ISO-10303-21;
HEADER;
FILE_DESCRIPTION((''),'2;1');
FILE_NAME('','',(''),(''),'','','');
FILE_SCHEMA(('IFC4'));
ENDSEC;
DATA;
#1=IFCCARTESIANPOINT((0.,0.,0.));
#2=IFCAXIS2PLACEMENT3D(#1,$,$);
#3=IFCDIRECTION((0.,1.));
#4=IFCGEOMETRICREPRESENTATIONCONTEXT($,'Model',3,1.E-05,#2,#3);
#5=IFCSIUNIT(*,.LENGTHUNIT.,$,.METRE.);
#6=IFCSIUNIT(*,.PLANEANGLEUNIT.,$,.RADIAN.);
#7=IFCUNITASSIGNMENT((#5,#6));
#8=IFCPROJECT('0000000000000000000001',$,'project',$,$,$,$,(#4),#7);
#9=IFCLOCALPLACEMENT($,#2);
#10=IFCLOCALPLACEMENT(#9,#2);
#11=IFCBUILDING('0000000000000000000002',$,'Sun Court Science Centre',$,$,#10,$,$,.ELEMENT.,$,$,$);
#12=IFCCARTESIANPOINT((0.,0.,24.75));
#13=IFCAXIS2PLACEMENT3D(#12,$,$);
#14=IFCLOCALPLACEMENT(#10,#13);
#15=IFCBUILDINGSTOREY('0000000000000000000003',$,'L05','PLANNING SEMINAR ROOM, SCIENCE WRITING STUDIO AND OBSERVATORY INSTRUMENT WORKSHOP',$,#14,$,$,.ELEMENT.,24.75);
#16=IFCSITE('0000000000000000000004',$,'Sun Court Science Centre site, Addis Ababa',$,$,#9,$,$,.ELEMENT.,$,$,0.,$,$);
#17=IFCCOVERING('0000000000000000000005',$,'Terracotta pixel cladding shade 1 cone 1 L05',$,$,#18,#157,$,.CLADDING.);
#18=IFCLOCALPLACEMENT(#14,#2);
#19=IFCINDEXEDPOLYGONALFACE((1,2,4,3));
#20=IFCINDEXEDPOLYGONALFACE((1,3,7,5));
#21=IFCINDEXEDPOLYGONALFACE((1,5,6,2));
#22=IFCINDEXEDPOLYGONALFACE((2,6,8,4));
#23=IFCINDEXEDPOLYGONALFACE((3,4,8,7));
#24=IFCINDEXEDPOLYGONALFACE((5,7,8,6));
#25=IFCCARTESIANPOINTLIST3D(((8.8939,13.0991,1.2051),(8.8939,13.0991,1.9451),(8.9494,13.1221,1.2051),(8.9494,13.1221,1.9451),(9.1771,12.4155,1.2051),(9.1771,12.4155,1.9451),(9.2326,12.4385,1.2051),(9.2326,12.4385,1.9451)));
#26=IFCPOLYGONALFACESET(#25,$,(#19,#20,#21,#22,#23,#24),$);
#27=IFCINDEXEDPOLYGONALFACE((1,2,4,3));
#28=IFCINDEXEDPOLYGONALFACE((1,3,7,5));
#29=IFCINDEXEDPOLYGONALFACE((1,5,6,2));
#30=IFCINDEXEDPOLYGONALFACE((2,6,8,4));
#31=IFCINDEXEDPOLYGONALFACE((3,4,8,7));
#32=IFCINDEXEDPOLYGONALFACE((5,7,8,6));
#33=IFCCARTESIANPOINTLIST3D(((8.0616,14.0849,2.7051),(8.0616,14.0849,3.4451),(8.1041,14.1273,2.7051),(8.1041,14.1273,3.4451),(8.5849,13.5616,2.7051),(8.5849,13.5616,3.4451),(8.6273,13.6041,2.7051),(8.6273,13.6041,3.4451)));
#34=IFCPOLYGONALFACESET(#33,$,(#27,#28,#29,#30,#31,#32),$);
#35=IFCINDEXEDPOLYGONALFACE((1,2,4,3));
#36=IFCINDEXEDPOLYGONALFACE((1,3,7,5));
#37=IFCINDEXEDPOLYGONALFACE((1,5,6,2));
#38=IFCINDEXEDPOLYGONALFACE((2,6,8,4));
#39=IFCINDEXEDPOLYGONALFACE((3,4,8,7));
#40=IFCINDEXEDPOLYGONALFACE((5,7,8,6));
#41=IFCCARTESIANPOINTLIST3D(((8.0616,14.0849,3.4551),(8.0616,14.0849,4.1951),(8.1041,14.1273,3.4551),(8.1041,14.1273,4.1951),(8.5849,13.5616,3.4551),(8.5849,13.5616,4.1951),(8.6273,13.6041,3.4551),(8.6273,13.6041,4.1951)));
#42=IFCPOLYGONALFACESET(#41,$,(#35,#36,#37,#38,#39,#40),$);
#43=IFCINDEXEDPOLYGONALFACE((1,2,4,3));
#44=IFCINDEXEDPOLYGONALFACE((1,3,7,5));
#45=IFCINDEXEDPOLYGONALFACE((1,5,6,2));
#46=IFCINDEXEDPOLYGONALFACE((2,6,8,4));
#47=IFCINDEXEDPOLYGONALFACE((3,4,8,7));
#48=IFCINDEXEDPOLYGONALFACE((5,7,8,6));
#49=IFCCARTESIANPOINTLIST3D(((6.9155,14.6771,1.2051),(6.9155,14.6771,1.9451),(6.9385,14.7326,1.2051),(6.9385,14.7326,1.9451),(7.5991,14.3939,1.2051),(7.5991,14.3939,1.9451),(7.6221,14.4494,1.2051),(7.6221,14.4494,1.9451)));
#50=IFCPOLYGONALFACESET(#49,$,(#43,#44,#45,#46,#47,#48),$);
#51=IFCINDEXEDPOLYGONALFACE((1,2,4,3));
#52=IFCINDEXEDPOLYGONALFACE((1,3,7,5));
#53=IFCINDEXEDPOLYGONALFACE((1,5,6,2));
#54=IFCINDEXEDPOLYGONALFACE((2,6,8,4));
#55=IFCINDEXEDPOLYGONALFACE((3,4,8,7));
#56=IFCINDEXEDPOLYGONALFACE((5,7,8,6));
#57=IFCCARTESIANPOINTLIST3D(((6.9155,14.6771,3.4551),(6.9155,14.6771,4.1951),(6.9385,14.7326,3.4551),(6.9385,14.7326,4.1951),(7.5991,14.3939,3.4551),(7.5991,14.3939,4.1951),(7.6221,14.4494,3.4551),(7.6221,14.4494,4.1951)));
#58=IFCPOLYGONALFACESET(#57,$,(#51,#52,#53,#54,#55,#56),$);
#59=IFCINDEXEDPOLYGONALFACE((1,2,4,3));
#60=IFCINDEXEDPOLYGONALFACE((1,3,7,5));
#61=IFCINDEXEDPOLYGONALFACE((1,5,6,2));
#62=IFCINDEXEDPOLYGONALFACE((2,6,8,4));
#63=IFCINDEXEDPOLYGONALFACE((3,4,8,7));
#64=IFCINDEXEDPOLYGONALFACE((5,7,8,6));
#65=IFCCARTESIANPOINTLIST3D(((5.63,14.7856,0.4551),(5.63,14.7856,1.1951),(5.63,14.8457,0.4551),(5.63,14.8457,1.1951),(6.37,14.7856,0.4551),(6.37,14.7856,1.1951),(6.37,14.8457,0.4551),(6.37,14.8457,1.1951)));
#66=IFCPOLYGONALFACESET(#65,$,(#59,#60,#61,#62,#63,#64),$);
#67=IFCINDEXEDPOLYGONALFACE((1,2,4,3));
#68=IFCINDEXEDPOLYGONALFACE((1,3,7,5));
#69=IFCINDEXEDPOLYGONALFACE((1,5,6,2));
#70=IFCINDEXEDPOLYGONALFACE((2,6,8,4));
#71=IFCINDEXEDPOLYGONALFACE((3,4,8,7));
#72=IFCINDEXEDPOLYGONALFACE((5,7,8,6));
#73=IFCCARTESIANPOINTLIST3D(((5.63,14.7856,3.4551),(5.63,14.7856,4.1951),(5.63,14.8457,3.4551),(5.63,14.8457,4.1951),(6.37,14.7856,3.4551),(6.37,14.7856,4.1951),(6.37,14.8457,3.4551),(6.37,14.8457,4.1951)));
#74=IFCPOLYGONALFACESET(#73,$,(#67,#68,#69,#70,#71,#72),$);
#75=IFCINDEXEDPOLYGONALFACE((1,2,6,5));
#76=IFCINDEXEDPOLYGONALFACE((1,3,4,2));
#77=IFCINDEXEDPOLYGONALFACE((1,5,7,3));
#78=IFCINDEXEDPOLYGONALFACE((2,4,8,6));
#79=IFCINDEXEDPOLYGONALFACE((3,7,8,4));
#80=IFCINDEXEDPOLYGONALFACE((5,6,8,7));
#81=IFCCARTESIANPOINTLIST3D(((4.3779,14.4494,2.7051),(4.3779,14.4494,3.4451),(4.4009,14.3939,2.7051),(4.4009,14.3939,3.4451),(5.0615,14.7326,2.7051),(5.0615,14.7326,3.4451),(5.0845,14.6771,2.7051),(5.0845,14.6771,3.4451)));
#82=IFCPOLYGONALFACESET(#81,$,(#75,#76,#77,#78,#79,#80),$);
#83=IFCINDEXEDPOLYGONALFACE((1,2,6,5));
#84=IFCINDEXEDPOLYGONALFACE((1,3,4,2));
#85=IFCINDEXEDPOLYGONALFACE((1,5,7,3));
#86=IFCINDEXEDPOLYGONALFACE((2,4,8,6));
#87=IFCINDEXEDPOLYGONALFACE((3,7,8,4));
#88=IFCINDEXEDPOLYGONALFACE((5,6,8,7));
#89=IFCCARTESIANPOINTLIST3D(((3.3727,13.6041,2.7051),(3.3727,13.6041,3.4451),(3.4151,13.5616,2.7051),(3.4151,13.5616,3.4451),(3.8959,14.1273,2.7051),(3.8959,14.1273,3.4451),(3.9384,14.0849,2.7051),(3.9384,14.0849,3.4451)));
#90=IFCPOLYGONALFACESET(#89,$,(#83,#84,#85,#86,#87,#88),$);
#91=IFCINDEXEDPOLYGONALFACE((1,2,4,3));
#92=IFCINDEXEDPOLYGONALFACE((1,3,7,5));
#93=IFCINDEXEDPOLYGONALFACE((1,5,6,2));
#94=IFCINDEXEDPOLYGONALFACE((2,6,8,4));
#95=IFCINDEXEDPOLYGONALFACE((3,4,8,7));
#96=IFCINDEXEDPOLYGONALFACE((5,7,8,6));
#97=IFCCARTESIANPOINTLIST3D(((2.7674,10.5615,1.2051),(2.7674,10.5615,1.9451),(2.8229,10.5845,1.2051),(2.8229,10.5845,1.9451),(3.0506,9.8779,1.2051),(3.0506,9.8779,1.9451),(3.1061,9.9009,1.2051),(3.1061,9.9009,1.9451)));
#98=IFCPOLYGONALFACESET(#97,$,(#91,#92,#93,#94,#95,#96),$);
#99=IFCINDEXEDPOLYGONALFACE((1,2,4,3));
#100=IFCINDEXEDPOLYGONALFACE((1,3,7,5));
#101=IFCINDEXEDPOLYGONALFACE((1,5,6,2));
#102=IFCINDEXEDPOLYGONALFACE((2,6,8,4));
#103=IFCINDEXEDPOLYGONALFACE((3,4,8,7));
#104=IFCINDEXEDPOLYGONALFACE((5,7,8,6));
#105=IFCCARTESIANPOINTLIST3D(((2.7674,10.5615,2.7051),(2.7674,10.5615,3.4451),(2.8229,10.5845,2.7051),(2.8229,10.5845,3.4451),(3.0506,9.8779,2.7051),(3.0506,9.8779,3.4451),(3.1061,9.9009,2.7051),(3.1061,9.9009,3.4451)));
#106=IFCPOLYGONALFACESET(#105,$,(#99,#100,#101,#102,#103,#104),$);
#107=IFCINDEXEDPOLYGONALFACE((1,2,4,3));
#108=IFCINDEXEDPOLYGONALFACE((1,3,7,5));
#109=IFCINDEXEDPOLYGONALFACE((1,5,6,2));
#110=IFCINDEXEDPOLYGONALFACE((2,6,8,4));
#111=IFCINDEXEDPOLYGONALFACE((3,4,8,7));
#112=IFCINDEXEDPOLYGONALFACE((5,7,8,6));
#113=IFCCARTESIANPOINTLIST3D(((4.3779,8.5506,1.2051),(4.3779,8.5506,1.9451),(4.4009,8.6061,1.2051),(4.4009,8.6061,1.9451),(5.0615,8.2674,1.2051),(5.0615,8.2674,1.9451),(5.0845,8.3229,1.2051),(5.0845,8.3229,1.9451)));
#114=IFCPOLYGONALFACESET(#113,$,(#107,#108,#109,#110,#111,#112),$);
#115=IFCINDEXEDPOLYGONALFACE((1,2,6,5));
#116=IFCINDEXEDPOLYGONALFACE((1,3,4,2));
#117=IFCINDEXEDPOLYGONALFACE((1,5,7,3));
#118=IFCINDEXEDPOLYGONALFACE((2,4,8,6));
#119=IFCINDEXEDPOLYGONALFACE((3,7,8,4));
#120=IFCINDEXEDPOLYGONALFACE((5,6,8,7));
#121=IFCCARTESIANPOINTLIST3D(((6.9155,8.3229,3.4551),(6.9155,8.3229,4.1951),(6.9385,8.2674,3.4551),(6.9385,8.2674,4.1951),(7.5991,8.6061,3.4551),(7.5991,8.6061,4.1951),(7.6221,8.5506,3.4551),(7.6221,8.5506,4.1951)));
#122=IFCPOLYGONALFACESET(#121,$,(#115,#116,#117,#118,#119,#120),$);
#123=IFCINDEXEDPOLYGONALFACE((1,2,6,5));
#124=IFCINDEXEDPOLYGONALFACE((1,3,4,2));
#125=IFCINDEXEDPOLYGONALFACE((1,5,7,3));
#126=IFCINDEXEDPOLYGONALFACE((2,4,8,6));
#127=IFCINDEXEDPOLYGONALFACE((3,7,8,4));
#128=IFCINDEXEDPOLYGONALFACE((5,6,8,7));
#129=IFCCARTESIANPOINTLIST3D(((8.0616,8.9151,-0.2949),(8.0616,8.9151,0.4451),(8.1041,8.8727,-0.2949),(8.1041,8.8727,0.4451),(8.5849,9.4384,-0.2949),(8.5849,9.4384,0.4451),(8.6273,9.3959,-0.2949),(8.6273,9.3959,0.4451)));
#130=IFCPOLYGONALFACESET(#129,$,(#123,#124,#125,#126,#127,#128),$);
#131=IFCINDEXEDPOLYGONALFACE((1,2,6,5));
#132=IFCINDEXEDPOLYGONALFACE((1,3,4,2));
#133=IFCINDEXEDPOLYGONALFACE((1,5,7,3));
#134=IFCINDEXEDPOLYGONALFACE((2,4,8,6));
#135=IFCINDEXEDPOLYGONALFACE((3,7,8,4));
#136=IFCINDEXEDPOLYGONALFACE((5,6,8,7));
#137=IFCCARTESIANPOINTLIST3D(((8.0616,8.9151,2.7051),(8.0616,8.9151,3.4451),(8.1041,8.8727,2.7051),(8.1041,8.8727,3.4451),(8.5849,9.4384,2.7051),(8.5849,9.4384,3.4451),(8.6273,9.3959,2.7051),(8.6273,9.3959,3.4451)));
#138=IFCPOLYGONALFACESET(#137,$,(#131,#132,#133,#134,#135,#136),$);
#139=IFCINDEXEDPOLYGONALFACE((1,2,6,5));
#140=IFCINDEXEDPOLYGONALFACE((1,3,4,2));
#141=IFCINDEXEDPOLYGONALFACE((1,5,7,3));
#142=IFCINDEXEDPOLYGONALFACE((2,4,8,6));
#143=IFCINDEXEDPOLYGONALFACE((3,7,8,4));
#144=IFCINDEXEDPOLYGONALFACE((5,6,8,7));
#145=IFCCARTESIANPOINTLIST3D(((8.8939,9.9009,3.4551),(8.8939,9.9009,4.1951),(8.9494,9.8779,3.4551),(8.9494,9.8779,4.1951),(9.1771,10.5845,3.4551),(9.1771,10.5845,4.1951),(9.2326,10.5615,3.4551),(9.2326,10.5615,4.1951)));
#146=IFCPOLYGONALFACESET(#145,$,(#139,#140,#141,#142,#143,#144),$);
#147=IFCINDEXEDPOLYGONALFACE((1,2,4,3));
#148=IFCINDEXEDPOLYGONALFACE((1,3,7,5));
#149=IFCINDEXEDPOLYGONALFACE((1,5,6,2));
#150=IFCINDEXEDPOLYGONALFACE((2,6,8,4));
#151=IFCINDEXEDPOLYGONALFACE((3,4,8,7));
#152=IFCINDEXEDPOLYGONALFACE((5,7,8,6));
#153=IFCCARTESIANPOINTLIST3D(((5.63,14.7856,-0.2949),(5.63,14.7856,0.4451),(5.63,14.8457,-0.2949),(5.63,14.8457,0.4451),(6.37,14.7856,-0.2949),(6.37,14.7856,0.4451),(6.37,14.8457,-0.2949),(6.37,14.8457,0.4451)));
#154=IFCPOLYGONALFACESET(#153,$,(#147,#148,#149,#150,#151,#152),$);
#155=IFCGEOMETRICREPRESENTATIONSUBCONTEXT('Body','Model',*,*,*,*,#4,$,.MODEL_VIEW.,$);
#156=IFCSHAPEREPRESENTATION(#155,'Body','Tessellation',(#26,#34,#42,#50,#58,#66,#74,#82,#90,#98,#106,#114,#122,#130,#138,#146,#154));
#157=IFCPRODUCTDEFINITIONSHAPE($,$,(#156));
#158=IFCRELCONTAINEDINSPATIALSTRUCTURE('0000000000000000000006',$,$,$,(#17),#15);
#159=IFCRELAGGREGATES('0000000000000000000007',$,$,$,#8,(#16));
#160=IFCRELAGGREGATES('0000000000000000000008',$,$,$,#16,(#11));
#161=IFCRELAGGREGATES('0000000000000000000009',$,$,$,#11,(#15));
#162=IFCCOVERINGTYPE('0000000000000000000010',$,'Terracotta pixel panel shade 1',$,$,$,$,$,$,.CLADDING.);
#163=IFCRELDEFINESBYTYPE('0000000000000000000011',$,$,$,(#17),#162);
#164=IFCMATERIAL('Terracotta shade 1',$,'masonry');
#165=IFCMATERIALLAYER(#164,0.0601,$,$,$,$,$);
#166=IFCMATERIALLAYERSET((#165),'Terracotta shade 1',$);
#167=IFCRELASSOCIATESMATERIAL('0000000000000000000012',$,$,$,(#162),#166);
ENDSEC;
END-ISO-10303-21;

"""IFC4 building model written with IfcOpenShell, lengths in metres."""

from ifc_helpers import new_model, si_unit, direction, frame, origin, origin_2d, place, context, subcontext, project, spatial, rectangle, extrude, material, layer, layer_set, type_object, element, save


model = new_model("IFC4")

# Units and contexts
model_context = context("Model", 3, precision=1e-05, world=origin(), true_north=direction((0.0, 1.0)))
body_context = subcontext(model_context, "Body", "Model", "MODEL_VIEW")
ifc_project = project(units=[si_unit("LENGTHUNIT", "METRE"), si_unit("PLANEANGLEUNIT", "RADIAN")], contexts=[model_context])

# Site, building, storey
site_placement = place(None, origin())
site = spatial("IfcSite", under=ifc_project, at=site_placement, Name="Sun Court Science Centre site, Addis Ababa", CompositionType="ELEMENT", RefElevation=0.0)
building_placement = place(site_placement, origin())
building = spatial("IfcBuilding", under=site, at=building_placement, Name="Sun Court Science Centre", CompositionType="ELEMENT")
storey_placement = place(building_placement, frame((0.0, 0.0, 24.75)))
storey = spatial("IfcBuildingStorey", under=building, at=storey_placement, Name="L05", Description="PLANNING SEMINAR ROOM, SCIENCE WRITING STUDIO AND OBSERVATORY INSTRUMENT WORKSHOP", CompositionType="ELEMENT", Elevation=24.75)

# Covering
ifc_material_1 = material(Name="Terracotta shade 1", Category="masonry")
ifc_layer_1 = layer(ifc_material_1, 0.0601)
ifc_layer_set_1 = layer_set([ifc_layer_1], Name="Terracotta shade 1")
covering_type_1 = type_object("IfcCoveringType", Name="Terracotta pixel panel shade 1", PredefinedType="CLADDING", material=ifc_layer_set_1)
covering_1_placement = place(storey_placement, frame((0.0, 0.0, -24.75)))
element("IfcCovering", 1, at=covering_1_placement, inside=storey, type_object=covering_type_1, Name="Terracotta pixel cladding shade 1 cone 1 L05", PredefinedType="CLADDING", context=body_context, shape_type="SweptSolid", body=[
    extrude(rectangle(XDim=0.74, YDim=0.0601, at=origin_2d()), frame((9.0632, 12.7688, 25.9551), z_axis=(0.0, 0.0, 1.0), x_axis=(0.382683, -0.92388, 0.0)), (0.0, 0.0, 1.0), 0.74),
    extrude(rectangle(XDim=0.74, YDim=0.0601, at=origin_2d()), frame((8.3445, 13.8445, 27.4551), z_axis=(0.0, 0.0, 1.0), x_axis=(0.707107, -0.707107, 0.0)), (0.0, 0.0, 1.0), 0.74),
    extrude(rectangle(XDim=0.74, YDim=0.0601, at=origin_2d()), frame((8.3445, 13.8445, 28.2051), z_axis=(0.0, 0.0, 1.0), x_axis=(0.707107, -0.707107, 0.0)), (0.0, 0.0, 1.0), 0.74),
    extrude(rectangle(XDim=0.74, YDim=0.0601, at=origin_2d()), frame((7.2688, 14.5632, 25.9551), z_axis=(0.0, 0.0, 1.0), x_axis=(0.92388, -0.382683, 0.0)), (0.0, 0.0, 1.0), 0.74),
    extrude(rectangle(XDim=0.74, YDim=0.0601, at=origin_2d()), frame((7.2688, 14.5632, 28.2051), z_axis=(0.0, 0.0, 1.0), x_axis=(0.92388, -0.382683, 0.0)), (0.0, 0.0, 1.0), 0.74),
    extrude(rectangle(XDim=0.74, YDim=0.0601, at=origin_2d()), frame((6.0, 14.8157, 25.2051), z_axis=(0.0, 0.0, 1.0), x_axis=(1.0, 0.0, 0.0)), (0.0, 0.0, 1.0), 0.74),
    extrude(rectangle(XDim=0.74, YDim=0.0601, at=origin_2d()), frame((6.0, 14.8157, 28.2051), z_axis=(0.0, 0.0, 1.0), x_axis=(1.0, 0.0, 0.0)), (0.0, 0.0, 1.0), 0.74),
    extrude(rectangle(XDim=0.74, YDim=0.0601, at=origin_2d()), frame((4.7312, 14.5632, 27.4551), z_axis=(0.0, 0.0, 1.0), x_axis=(0.92388, 0.382683, 0.0)), (0.0, 0.0, 1.0), 0.74),
    extrude(rectangle(XDim=0.74, YDim=0.0601, at=origin_2d()), frame((3.6555, 13.8445, 27.4551), z_axis=(0.0, 0.0, 1.0), x_axis=(0.707107, 0.707107, 0.0)), (0.0, 0.0, 1.0), 0.74),
    extrude(rectangle(XDim=0.74, YDim=0.0601, at=origin_2d()), frame((2.9368, 10.2312, 25.9551), z_axis=(0.0, 0.0, 1.0), x_axis=(-0.382683, 0.92388, 0.0)), (0.0, 0.0, 1.0), 0.74),
    extrude(rectangle(XDim=0.74, YDim=0.0601, at=origin_2d()), frame((2.9368, 10.2312, 27.4551), z_axis=(0.0, 0.0, 1.0), x_axis=(-0.382683, 0.92388, 0.0)), (0.0, 0.0, 1.0), 0.74),
    extrude(rectangle(XDim=0.74, YDim=0.0601, at=origin_2d()), frame((4.7312, 8.4368, 25.9551), z_axis=(0.0, 0.0, 1.0), x_axis=(-0.92388, 0.382683, 0.0)), (0.0, 0.0, 1.0), 0.74),
    extrude(rectangle(XDim=0.74, YDim=0.0601, at=origin_2d()), frame((7.2688, 8.4368, 28.2051), z_axis=(0.0, 0.0, 1.0), x_axis=(-0.92388, -0.382683, 0.0)), (0.0, 0.0, 1.0), 0.74),
    extrude(rectangle(XDim=0.74, YDim=0.0601, at=origin_2d()), frame((8.3445, 9.1555, 24.4551), z_axis=(0.0, 0.0, 1.0), x_axis=(-0.707107, -0.707107, 0.0)), (0.0, 0.0, 1.0), 0.74),
    extrude(rectangle(XDim=0.74, YDim=0.0601, at=origin_2d()), frame((8.3445, 9.1555, 27.4551), z_axis=(0.0, 0.0, 1.0), x_axis=(-0.707107, -0.707107, 0.0)), (0.0, 0.0, 1.0), 0.74),
    extrude(rectangle(XDim=0.74, YDim=0.0601, at=origin_2d()), frame((9.0632, 10.2312, 28.2051), z_axis=(0.0, 0.0, 1.0), x_axis=(-0.382683, -0.92388, 0.0)), (0.0, 0.0, 1.0), 0.74),
    extrude(rectangle(XDim=0.74, YDim=0.0601, at=origin_2d()), frame((6.0, 14.8157, 24.4551), z_axis=(0.0, 0.0, 1.0), x_axis=(1.0, 0.0, 0.0)), (0.0, 0.0, 1.0), 0.74),
])

save(model, "model.ifc")
